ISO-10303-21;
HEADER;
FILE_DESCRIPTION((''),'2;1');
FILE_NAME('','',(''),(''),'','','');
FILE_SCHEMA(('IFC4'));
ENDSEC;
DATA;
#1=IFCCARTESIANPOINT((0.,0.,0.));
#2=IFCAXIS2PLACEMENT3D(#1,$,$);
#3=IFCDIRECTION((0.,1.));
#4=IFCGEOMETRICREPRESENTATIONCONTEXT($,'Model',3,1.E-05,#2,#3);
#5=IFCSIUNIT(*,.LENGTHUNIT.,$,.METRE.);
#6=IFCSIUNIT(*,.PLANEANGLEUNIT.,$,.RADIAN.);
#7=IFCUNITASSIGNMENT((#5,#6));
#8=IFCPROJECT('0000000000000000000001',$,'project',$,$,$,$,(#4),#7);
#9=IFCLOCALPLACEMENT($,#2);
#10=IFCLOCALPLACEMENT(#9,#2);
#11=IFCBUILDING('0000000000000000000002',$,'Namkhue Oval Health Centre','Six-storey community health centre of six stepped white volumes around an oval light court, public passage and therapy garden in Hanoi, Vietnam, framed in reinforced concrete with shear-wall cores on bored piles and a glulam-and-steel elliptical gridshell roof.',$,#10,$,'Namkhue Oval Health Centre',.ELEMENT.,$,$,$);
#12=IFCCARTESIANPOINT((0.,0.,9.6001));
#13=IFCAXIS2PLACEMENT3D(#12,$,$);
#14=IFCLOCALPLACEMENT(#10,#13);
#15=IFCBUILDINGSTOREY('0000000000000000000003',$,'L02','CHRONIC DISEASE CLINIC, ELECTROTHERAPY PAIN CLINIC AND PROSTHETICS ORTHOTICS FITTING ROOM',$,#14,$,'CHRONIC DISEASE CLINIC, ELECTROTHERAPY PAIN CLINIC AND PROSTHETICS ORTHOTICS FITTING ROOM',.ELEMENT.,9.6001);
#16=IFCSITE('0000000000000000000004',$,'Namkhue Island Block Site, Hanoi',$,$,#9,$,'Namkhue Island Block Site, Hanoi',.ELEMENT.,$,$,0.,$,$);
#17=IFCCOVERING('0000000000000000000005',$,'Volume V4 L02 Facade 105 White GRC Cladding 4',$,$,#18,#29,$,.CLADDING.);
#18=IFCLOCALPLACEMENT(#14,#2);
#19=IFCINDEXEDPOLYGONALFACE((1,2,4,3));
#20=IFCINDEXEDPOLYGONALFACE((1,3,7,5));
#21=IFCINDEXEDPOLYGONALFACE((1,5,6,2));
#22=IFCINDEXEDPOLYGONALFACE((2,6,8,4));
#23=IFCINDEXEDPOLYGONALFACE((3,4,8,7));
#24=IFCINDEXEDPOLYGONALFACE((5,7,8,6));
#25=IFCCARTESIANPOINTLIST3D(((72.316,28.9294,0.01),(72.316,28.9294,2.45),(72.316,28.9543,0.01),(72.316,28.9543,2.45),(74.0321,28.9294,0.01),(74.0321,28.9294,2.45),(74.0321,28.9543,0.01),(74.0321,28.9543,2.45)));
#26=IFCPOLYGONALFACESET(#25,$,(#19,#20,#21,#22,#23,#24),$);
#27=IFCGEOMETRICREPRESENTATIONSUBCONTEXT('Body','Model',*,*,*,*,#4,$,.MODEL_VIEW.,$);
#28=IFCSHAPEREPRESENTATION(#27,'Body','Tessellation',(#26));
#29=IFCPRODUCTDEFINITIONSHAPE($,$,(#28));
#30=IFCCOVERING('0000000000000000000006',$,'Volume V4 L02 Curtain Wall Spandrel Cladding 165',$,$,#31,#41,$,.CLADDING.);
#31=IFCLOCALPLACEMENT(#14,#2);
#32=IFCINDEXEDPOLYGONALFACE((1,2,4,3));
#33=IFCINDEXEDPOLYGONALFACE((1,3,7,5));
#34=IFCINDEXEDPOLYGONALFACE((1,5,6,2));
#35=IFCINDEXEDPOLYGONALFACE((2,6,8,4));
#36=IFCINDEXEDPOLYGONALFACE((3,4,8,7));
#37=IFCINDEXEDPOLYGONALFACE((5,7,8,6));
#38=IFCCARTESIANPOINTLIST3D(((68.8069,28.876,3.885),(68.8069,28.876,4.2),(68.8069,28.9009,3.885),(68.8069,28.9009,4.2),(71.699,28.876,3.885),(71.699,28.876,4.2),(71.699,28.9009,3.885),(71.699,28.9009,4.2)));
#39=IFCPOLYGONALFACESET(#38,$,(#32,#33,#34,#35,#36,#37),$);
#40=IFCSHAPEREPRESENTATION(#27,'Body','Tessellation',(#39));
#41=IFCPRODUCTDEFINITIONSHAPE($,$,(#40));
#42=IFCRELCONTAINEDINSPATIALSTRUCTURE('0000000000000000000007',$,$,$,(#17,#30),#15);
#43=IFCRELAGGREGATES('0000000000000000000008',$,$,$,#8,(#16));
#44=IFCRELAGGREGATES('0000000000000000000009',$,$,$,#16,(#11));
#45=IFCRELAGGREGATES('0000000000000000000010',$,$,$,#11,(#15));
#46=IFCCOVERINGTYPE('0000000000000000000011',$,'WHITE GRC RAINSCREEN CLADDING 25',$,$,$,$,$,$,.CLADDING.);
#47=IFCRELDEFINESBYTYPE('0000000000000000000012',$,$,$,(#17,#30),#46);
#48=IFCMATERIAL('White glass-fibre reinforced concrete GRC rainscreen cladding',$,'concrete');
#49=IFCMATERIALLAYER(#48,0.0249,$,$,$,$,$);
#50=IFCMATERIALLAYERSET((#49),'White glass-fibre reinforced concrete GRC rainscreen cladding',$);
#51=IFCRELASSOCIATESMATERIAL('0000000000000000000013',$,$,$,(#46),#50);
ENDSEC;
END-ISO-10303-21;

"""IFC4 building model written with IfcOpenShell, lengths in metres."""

from ifc_helpers import new_model, si_unit, direction, frame, origin, origin_2d, place, context, subcontext, project, spatial, rectangle, extrude, material, layer, layer_set, type_object, element, save


model = new_model("IFC4")

# Units and contexts
model_context = context("Model", 3, precision=1e-05, world=origin(), true_north=direction((0.0, 1.0)))
body_context = subcontext(model_context, "Body", "Model", "MODEL_VIEW")
ifc_project = project(units=[si_unit("LENGTHUNIT", "METRE"), si_unit("PLANEANGLEUNIT", "RADIAN")], contexts=[model_context])

# Site, building, storey
site_placement = place(None, origin())
site = spatial("IfcSite", under=ifc_project, at=site_placement, Name="Namkhue Island Block Site, Hanoi", LongName="Namkhue Island Block Site, Hanoi", CompositionType="ELEMENT", RefElevation=0.0)
building_placement = place(site_placement, origin())
building = spatial("IfcBuilding", under=site, at=building_placement, Name="Namkhue Oval Health Centre", Description="Six-storey community health centre of six stepped white volumes around an oval light court, public passage and therapy garden in Hanoi, Vietnam, framed in reinforced concrete with shear-wall cores on bored piles and a glulam-and-steel elliptical gridshell roof.", LongName="Namkhue Oval Health Centre", CompositionType="ELEMENT")
storey_placement = place(building_placement, frame((0.0, 0.0, 9.6001)))
storey = spatial("IfcBuildingStorey", under=building, at=storey_placement, Name="L02", Description="CHRONIC DISEASE CLINIC, ELECTROTHERAPY PAIN CLINIC AND PROSTHETICS ORTHOTICS FITTING ROOM", LongName="CHRONIC DISEASE CLINIC, ELECTROTHERAPY PAIN CLINIC AND PROSTHETICS ORTHOTICS FITTING ROOM", CompositionType="ELEMENT", Elevation=9.6001)

# Coverings
ifc_material_1 = material(Name="White glass-fibre reinforced concrete GRC rainscreen cladding", Category="concrete")
ifc_layer_1 = layer(ifc_material_1, 0.0249)
ifc_layer_set_1 = layer_set([ifc_layer_1], Name="White glass-fibre reinforced concrete GRC rainscreen cladding")
covering_type = type_object("IfcCoveringType", Name="WHITE GRC RAINSCREEN CLADDING 25", PredefinedType="CLADDING", material=ifc_layer_set_1)
covering_1_placement = place(storey_placement, frame((73.1741, 28.9419, 0.01), z_axis=(0.0, 0.0, 1.0), x_axis=(-1.0, 0.0, 0.0)))
element("IfcCovering", 1, at=covering_1_placement, inside=storey, type_object=covering_type, Name="Volume V4 L02 Facade 105 White GRC Cladding 4", PredefinedType="CLADDING", context=body_context, shape_type="SweptSolid", body=[
    extrude(rectangle(XDim=1.7161, YDim=0.0249, at=origin_2d()), origin(), (0.0, 0.0, 1.0), 2.4399),
])
covering_2_placement = place(storey_placement, frame((70.2529, 28.8884, 3.885), z_axis=(0.0, 0.0, 1.0), x_axis=(-1.0, 0.0, 0.0)))
element("IfcCovering", 2, at=covering_2_placement, inside=storey, type_object=covering_type, Name="Volume V4 L02 Curtain Wall Spandrel Cladding 165", PredefinedType="CLADDING", context=body_context, shape_type="SweptSolid", body=[
    extrude(rectangle(XDim=2.8921, YDim=0.0249, at=origin_2d()), origin(), (0.0, 0.0, 1.0), 0.3149),
])

save(model, "model.ifc")
